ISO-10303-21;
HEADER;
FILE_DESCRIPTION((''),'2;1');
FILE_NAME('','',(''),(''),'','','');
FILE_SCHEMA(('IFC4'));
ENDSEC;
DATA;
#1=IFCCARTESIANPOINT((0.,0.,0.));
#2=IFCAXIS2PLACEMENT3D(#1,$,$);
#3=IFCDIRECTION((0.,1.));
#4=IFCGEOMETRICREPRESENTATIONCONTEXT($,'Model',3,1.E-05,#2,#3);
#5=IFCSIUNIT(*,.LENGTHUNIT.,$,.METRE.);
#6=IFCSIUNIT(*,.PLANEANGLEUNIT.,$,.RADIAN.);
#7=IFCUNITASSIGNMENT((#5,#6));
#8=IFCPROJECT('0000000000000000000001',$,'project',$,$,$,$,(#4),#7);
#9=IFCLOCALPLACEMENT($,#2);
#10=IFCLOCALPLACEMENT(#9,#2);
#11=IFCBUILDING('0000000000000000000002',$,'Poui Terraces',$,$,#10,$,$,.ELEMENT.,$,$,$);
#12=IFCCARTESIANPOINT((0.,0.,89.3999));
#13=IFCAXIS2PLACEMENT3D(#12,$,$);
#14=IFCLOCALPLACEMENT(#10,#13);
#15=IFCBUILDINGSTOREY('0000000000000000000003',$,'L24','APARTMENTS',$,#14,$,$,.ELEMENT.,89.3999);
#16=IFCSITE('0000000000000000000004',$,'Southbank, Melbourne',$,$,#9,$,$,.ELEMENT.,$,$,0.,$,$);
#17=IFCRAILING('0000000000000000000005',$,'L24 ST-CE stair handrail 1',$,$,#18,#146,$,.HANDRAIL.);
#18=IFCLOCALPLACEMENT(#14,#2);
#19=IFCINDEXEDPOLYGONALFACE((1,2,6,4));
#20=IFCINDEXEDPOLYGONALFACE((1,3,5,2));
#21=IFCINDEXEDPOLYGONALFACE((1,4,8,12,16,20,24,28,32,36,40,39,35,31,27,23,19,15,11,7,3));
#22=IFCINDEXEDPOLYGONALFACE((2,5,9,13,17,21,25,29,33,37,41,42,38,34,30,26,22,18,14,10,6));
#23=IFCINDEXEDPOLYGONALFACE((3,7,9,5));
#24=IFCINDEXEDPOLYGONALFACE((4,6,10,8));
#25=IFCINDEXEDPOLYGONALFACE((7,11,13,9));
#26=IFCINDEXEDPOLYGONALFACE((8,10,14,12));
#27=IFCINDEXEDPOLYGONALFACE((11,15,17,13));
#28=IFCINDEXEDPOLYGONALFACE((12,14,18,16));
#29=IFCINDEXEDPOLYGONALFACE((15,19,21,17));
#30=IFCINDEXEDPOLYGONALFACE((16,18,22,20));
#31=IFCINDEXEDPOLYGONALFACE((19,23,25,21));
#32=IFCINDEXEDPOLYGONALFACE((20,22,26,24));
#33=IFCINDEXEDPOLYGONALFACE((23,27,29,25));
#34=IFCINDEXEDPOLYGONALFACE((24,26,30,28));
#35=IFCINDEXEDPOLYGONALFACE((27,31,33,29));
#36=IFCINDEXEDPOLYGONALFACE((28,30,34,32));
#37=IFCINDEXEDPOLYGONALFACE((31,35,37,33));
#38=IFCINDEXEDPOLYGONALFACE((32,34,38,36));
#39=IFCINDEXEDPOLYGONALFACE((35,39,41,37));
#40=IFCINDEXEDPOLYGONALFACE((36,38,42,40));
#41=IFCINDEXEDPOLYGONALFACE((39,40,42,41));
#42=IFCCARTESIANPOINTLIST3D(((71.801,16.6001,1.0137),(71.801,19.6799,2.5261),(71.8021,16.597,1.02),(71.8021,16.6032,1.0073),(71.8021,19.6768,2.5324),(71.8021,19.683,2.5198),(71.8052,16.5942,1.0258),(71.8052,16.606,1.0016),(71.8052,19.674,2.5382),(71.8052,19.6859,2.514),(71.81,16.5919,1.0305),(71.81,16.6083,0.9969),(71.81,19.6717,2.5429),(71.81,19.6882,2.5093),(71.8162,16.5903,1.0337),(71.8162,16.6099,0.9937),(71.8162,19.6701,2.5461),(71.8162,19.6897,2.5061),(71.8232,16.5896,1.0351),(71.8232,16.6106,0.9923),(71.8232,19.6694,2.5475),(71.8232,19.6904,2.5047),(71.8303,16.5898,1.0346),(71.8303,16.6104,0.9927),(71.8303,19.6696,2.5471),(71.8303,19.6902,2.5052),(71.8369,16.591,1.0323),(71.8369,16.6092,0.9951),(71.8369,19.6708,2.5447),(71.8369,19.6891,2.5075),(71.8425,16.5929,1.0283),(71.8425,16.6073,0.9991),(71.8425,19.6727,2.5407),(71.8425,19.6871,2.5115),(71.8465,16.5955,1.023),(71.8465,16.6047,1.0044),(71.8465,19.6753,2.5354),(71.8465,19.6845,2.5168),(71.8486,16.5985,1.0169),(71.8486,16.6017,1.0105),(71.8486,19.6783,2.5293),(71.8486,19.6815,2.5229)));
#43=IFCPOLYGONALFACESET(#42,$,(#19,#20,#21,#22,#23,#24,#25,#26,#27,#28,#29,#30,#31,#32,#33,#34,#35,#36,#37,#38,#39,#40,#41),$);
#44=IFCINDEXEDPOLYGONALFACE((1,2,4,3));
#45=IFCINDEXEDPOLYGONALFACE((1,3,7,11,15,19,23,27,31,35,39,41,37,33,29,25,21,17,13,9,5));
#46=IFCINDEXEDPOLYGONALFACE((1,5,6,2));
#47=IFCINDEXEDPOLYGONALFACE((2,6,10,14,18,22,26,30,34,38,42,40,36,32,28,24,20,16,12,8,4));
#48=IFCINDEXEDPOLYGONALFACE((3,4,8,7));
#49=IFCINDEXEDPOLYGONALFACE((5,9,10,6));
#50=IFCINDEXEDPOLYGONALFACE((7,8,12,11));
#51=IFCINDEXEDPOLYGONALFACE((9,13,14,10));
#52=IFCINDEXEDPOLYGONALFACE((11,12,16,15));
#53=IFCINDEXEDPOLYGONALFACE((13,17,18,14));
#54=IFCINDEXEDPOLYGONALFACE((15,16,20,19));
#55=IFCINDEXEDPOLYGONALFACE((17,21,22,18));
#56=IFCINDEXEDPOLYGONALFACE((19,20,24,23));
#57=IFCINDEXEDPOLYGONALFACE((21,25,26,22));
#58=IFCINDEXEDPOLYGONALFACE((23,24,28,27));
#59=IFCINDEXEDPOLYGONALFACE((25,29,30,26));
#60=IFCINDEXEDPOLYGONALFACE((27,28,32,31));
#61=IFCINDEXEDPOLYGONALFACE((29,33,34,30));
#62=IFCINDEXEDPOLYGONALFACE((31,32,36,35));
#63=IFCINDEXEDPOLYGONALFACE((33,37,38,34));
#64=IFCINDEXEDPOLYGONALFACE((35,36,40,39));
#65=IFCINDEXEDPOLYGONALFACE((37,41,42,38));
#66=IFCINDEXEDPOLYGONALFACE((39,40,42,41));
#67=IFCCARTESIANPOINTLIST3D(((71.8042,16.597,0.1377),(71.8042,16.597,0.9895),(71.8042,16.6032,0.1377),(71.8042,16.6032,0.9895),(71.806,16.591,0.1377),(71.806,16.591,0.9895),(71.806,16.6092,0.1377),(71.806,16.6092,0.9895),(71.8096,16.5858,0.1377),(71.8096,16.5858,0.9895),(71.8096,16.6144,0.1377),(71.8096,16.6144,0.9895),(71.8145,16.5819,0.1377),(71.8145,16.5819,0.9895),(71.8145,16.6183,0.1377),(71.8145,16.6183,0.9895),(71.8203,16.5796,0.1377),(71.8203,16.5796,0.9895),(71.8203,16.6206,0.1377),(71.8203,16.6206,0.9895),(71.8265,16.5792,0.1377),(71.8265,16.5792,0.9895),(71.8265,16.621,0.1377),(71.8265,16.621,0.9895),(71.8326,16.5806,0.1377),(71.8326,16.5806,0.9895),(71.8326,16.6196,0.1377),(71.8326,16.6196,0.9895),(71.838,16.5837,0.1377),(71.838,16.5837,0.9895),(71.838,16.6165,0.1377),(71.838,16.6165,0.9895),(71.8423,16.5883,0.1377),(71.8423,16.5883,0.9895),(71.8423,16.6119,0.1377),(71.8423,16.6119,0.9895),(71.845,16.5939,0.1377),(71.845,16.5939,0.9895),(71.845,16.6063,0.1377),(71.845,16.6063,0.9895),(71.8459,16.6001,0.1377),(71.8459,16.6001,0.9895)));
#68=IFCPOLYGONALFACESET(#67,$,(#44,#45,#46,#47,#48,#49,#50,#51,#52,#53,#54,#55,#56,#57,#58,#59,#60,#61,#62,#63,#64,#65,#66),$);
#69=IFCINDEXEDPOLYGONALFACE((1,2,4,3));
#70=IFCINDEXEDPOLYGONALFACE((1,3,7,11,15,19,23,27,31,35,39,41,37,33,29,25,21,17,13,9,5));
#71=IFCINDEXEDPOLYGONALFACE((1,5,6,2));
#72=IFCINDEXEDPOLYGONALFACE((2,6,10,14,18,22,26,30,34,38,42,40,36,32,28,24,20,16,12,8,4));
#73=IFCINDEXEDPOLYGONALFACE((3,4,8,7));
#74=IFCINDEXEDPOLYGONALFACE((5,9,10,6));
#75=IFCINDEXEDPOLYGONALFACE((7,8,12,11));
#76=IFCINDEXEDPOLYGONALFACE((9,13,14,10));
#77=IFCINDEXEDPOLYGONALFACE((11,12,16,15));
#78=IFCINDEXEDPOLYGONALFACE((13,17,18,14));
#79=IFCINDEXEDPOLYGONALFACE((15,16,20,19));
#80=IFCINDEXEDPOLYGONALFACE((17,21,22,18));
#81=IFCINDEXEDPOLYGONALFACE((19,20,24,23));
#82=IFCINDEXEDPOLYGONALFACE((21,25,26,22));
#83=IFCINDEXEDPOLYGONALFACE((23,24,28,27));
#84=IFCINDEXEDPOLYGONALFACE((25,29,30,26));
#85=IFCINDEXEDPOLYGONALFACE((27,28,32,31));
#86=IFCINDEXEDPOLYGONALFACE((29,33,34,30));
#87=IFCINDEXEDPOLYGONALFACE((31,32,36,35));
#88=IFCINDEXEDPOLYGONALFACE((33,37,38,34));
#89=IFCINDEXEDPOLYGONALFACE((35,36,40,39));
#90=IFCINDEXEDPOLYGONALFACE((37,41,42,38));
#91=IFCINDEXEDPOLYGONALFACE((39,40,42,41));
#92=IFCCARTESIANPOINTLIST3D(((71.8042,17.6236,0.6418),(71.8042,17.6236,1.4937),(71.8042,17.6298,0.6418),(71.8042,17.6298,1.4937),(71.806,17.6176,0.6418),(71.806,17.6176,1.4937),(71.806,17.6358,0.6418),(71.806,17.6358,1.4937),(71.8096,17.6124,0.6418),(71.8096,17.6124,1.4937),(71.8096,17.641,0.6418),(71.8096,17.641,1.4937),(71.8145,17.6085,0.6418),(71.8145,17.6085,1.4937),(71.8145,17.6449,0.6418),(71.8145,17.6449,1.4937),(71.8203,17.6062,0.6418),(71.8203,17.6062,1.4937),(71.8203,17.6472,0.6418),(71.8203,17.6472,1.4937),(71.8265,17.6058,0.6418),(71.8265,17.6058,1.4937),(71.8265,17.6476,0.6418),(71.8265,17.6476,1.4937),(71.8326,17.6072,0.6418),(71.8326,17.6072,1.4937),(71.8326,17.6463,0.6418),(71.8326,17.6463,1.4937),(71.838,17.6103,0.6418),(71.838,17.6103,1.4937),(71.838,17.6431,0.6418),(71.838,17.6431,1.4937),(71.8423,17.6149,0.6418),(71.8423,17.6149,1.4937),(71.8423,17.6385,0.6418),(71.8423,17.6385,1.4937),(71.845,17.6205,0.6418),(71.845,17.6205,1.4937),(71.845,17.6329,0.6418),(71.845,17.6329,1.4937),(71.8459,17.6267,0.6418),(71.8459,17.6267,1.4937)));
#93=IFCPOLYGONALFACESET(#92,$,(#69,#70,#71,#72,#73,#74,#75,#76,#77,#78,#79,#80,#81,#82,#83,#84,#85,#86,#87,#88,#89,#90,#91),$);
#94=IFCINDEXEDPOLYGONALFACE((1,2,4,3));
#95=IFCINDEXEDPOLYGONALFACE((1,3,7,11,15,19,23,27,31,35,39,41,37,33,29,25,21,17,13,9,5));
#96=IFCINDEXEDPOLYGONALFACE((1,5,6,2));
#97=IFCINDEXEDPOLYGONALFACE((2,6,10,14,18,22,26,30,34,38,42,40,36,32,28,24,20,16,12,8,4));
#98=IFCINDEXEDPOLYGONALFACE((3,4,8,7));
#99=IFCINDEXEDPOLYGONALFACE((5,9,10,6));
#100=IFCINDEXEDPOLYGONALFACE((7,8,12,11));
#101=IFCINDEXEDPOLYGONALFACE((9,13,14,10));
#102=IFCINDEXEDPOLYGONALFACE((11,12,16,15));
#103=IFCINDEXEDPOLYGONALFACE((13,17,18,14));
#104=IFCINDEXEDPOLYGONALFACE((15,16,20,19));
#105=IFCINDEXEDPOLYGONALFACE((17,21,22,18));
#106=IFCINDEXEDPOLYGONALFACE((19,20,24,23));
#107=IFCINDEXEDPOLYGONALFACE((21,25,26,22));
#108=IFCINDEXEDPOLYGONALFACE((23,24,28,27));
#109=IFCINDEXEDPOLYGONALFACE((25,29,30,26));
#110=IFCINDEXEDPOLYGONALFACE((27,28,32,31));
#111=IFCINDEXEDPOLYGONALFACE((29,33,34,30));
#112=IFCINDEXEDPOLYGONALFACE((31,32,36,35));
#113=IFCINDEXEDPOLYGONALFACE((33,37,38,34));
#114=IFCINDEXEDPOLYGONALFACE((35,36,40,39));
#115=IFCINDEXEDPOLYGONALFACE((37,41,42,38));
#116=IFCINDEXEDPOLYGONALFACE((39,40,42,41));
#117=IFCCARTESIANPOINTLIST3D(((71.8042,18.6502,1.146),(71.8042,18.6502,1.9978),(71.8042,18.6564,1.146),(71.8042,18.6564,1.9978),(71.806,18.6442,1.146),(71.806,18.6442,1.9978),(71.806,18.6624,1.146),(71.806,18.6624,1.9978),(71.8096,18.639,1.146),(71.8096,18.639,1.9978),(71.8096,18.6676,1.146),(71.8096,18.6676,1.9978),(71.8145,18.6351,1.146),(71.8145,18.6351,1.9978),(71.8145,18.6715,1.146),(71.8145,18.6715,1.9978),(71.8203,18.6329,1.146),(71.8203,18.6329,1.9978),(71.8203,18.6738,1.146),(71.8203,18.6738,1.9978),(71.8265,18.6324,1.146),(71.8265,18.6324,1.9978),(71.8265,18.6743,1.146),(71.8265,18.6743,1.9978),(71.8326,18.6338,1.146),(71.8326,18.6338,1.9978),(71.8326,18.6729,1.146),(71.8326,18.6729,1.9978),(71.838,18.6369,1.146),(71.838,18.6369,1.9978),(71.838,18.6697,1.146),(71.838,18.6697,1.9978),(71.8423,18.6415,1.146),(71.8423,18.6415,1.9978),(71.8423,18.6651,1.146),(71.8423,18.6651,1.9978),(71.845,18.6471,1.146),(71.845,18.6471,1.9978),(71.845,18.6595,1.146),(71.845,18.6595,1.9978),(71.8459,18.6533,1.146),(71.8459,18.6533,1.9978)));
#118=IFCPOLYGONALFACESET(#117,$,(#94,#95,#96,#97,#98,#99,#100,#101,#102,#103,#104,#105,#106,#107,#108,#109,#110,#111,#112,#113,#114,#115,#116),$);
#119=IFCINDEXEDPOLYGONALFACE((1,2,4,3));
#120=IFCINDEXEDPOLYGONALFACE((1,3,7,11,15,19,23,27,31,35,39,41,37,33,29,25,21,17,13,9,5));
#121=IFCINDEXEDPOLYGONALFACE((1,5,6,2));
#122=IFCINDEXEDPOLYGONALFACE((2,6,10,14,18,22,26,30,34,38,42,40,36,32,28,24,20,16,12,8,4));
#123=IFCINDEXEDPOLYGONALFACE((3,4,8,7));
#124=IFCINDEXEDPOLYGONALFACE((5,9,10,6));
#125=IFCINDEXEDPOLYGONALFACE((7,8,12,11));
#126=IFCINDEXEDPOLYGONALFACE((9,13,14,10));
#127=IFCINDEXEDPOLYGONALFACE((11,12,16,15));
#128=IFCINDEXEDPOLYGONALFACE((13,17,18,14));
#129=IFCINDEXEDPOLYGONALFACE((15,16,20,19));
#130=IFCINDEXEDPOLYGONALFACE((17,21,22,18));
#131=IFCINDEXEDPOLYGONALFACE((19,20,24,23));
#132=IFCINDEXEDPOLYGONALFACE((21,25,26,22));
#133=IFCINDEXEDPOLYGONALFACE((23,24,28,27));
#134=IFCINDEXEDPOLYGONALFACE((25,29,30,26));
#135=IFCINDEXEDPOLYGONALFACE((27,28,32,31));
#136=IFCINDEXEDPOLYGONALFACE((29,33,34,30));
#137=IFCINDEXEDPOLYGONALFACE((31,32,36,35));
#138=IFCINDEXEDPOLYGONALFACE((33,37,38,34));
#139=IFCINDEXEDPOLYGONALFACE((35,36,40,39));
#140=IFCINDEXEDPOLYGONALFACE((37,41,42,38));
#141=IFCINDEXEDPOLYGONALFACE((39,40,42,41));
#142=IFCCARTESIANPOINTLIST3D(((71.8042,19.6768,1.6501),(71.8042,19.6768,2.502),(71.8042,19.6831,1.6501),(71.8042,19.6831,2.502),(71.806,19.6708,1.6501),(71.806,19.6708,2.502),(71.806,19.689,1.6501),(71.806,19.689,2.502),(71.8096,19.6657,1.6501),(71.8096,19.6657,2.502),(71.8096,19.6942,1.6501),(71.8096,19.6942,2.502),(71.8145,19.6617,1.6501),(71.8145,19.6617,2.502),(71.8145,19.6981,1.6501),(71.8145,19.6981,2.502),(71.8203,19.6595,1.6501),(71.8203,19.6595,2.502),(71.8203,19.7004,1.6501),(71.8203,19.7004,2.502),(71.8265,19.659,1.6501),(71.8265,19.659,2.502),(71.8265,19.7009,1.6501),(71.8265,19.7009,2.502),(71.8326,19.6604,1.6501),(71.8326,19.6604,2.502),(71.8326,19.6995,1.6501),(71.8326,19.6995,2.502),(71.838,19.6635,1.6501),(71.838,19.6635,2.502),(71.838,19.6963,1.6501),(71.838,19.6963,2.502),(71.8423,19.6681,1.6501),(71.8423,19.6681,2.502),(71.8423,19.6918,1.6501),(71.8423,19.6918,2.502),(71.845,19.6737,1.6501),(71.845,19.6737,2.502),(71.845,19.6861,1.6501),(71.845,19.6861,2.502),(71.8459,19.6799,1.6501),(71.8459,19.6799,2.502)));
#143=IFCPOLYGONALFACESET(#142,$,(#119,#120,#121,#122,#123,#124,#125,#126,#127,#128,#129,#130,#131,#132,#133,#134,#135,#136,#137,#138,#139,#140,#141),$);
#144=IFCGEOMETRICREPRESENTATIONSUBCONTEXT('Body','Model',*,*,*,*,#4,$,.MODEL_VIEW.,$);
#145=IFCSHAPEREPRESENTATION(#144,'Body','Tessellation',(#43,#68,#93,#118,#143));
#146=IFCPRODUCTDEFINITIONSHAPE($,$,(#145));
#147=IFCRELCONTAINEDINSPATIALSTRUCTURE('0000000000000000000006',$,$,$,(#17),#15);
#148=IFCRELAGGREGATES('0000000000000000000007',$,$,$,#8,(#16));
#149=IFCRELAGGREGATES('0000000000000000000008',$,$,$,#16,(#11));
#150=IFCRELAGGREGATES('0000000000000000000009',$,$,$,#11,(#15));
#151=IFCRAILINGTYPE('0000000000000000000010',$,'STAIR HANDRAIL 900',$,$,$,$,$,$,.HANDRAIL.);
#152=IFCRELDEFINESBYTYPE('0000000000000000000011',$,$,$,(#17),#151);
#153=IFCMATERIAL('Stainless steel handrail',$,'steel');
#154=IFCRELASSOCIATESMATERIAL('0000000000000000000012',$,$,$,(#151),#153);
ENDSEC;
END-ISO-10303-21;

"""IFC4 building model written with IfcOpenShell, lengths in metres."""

from ifc_helpers import new_model, si_unit, direction, frame, origin, origin_2d, place, context, subcontext, project, spatial, circle, extrude, material, type_object, element, save


model = new_model("IFC4")

# Units and contexts
model_context = context("Model", 3, precision=1e-05, world=origin(), true_north=direction((0.0, 1.0)))
body_context = subcontext(model_context, "Body", "Model", "MODEL_VIEW")
ifc_project = project(units=[si_unit("LENGTHUNIT", "METRE"), si_unit("PLANEANGLEUNIT", "RADIAN")], contexts=[model_context])

# Site, building, storey
site_placement = place(None, origin())
site = spatial("IfcSite", under=ifc_project, at=site_placement, Name="Southbank, Melbourne", CompositionType="ELEMENT", RefElevation=0.0)
building_placement = place(site_placement, origin())
building = spatial("IfcBuilding", under=site, at=building_placement, Name="Poui Terraces", CompositionType="ELEMENT")
storey_placement = place(building_placement, frame((0.0, 0.0, 89.3999)))
storey = spatial("IfcBuildingStorey", under=building, at=storey_placement, Name="L24", Description="APARTMENTS", CompositionType="ELEMENT", Elevation=89.3999)

# Railing
ifc_material_1 = material(Name="Stainless steel handrail", Category="steel")
railing_type_1 = type_object("IfcRailingType", Name="STAIR HANDRAIL 900", PredefinedType="HANDRAIL", material=ifc_material_1)
railing_1_placement = place(storey_placement, frame((71.825, 16.6001, 0.1377)))
element("IfcRailing", 1, at=railing_1_placement, inside=storey, type_object=railing_type_1, Name="L24 ST-CE stair handrail 1", PredefinedType="HANDRAIL", context=body_context, shape_type="SweptSolid", body=[
    extrude(circle(Radius=0.0239, at=origin_2d()), frame((0.0, 0.0, 0.876), z_axis=(0.0, 0.897606, 0.440798), x_axis=(-1.0, 0.0, 0.0)), (0.0, 0.0, 1.0), 3.4312),
    extrude(circle(Radius=0.021, at=origin_2d()), origin(), (0.0, 0.0, 1.0), 0.8518),
    extrude(circle(Radius=0.021, at=origin_2d()), frame((0.0, 1.0266, 0.5042)), (0.0, 0.0, 1.0), 0.8518),
    extrude(circle(Radius=0.021, at=origin_2d()), frame((0.0, 2.0532, 1.0083)), (0.0, 0.0, 1.0), 0.8518),
    extrude(circle(Radius=0.021, at=origin_2d()), frame((0.0, 3.0798, 1.5125)), (0.0, 0.0, 1.0), 0.8518),
])

save(model, "model.ifc")
